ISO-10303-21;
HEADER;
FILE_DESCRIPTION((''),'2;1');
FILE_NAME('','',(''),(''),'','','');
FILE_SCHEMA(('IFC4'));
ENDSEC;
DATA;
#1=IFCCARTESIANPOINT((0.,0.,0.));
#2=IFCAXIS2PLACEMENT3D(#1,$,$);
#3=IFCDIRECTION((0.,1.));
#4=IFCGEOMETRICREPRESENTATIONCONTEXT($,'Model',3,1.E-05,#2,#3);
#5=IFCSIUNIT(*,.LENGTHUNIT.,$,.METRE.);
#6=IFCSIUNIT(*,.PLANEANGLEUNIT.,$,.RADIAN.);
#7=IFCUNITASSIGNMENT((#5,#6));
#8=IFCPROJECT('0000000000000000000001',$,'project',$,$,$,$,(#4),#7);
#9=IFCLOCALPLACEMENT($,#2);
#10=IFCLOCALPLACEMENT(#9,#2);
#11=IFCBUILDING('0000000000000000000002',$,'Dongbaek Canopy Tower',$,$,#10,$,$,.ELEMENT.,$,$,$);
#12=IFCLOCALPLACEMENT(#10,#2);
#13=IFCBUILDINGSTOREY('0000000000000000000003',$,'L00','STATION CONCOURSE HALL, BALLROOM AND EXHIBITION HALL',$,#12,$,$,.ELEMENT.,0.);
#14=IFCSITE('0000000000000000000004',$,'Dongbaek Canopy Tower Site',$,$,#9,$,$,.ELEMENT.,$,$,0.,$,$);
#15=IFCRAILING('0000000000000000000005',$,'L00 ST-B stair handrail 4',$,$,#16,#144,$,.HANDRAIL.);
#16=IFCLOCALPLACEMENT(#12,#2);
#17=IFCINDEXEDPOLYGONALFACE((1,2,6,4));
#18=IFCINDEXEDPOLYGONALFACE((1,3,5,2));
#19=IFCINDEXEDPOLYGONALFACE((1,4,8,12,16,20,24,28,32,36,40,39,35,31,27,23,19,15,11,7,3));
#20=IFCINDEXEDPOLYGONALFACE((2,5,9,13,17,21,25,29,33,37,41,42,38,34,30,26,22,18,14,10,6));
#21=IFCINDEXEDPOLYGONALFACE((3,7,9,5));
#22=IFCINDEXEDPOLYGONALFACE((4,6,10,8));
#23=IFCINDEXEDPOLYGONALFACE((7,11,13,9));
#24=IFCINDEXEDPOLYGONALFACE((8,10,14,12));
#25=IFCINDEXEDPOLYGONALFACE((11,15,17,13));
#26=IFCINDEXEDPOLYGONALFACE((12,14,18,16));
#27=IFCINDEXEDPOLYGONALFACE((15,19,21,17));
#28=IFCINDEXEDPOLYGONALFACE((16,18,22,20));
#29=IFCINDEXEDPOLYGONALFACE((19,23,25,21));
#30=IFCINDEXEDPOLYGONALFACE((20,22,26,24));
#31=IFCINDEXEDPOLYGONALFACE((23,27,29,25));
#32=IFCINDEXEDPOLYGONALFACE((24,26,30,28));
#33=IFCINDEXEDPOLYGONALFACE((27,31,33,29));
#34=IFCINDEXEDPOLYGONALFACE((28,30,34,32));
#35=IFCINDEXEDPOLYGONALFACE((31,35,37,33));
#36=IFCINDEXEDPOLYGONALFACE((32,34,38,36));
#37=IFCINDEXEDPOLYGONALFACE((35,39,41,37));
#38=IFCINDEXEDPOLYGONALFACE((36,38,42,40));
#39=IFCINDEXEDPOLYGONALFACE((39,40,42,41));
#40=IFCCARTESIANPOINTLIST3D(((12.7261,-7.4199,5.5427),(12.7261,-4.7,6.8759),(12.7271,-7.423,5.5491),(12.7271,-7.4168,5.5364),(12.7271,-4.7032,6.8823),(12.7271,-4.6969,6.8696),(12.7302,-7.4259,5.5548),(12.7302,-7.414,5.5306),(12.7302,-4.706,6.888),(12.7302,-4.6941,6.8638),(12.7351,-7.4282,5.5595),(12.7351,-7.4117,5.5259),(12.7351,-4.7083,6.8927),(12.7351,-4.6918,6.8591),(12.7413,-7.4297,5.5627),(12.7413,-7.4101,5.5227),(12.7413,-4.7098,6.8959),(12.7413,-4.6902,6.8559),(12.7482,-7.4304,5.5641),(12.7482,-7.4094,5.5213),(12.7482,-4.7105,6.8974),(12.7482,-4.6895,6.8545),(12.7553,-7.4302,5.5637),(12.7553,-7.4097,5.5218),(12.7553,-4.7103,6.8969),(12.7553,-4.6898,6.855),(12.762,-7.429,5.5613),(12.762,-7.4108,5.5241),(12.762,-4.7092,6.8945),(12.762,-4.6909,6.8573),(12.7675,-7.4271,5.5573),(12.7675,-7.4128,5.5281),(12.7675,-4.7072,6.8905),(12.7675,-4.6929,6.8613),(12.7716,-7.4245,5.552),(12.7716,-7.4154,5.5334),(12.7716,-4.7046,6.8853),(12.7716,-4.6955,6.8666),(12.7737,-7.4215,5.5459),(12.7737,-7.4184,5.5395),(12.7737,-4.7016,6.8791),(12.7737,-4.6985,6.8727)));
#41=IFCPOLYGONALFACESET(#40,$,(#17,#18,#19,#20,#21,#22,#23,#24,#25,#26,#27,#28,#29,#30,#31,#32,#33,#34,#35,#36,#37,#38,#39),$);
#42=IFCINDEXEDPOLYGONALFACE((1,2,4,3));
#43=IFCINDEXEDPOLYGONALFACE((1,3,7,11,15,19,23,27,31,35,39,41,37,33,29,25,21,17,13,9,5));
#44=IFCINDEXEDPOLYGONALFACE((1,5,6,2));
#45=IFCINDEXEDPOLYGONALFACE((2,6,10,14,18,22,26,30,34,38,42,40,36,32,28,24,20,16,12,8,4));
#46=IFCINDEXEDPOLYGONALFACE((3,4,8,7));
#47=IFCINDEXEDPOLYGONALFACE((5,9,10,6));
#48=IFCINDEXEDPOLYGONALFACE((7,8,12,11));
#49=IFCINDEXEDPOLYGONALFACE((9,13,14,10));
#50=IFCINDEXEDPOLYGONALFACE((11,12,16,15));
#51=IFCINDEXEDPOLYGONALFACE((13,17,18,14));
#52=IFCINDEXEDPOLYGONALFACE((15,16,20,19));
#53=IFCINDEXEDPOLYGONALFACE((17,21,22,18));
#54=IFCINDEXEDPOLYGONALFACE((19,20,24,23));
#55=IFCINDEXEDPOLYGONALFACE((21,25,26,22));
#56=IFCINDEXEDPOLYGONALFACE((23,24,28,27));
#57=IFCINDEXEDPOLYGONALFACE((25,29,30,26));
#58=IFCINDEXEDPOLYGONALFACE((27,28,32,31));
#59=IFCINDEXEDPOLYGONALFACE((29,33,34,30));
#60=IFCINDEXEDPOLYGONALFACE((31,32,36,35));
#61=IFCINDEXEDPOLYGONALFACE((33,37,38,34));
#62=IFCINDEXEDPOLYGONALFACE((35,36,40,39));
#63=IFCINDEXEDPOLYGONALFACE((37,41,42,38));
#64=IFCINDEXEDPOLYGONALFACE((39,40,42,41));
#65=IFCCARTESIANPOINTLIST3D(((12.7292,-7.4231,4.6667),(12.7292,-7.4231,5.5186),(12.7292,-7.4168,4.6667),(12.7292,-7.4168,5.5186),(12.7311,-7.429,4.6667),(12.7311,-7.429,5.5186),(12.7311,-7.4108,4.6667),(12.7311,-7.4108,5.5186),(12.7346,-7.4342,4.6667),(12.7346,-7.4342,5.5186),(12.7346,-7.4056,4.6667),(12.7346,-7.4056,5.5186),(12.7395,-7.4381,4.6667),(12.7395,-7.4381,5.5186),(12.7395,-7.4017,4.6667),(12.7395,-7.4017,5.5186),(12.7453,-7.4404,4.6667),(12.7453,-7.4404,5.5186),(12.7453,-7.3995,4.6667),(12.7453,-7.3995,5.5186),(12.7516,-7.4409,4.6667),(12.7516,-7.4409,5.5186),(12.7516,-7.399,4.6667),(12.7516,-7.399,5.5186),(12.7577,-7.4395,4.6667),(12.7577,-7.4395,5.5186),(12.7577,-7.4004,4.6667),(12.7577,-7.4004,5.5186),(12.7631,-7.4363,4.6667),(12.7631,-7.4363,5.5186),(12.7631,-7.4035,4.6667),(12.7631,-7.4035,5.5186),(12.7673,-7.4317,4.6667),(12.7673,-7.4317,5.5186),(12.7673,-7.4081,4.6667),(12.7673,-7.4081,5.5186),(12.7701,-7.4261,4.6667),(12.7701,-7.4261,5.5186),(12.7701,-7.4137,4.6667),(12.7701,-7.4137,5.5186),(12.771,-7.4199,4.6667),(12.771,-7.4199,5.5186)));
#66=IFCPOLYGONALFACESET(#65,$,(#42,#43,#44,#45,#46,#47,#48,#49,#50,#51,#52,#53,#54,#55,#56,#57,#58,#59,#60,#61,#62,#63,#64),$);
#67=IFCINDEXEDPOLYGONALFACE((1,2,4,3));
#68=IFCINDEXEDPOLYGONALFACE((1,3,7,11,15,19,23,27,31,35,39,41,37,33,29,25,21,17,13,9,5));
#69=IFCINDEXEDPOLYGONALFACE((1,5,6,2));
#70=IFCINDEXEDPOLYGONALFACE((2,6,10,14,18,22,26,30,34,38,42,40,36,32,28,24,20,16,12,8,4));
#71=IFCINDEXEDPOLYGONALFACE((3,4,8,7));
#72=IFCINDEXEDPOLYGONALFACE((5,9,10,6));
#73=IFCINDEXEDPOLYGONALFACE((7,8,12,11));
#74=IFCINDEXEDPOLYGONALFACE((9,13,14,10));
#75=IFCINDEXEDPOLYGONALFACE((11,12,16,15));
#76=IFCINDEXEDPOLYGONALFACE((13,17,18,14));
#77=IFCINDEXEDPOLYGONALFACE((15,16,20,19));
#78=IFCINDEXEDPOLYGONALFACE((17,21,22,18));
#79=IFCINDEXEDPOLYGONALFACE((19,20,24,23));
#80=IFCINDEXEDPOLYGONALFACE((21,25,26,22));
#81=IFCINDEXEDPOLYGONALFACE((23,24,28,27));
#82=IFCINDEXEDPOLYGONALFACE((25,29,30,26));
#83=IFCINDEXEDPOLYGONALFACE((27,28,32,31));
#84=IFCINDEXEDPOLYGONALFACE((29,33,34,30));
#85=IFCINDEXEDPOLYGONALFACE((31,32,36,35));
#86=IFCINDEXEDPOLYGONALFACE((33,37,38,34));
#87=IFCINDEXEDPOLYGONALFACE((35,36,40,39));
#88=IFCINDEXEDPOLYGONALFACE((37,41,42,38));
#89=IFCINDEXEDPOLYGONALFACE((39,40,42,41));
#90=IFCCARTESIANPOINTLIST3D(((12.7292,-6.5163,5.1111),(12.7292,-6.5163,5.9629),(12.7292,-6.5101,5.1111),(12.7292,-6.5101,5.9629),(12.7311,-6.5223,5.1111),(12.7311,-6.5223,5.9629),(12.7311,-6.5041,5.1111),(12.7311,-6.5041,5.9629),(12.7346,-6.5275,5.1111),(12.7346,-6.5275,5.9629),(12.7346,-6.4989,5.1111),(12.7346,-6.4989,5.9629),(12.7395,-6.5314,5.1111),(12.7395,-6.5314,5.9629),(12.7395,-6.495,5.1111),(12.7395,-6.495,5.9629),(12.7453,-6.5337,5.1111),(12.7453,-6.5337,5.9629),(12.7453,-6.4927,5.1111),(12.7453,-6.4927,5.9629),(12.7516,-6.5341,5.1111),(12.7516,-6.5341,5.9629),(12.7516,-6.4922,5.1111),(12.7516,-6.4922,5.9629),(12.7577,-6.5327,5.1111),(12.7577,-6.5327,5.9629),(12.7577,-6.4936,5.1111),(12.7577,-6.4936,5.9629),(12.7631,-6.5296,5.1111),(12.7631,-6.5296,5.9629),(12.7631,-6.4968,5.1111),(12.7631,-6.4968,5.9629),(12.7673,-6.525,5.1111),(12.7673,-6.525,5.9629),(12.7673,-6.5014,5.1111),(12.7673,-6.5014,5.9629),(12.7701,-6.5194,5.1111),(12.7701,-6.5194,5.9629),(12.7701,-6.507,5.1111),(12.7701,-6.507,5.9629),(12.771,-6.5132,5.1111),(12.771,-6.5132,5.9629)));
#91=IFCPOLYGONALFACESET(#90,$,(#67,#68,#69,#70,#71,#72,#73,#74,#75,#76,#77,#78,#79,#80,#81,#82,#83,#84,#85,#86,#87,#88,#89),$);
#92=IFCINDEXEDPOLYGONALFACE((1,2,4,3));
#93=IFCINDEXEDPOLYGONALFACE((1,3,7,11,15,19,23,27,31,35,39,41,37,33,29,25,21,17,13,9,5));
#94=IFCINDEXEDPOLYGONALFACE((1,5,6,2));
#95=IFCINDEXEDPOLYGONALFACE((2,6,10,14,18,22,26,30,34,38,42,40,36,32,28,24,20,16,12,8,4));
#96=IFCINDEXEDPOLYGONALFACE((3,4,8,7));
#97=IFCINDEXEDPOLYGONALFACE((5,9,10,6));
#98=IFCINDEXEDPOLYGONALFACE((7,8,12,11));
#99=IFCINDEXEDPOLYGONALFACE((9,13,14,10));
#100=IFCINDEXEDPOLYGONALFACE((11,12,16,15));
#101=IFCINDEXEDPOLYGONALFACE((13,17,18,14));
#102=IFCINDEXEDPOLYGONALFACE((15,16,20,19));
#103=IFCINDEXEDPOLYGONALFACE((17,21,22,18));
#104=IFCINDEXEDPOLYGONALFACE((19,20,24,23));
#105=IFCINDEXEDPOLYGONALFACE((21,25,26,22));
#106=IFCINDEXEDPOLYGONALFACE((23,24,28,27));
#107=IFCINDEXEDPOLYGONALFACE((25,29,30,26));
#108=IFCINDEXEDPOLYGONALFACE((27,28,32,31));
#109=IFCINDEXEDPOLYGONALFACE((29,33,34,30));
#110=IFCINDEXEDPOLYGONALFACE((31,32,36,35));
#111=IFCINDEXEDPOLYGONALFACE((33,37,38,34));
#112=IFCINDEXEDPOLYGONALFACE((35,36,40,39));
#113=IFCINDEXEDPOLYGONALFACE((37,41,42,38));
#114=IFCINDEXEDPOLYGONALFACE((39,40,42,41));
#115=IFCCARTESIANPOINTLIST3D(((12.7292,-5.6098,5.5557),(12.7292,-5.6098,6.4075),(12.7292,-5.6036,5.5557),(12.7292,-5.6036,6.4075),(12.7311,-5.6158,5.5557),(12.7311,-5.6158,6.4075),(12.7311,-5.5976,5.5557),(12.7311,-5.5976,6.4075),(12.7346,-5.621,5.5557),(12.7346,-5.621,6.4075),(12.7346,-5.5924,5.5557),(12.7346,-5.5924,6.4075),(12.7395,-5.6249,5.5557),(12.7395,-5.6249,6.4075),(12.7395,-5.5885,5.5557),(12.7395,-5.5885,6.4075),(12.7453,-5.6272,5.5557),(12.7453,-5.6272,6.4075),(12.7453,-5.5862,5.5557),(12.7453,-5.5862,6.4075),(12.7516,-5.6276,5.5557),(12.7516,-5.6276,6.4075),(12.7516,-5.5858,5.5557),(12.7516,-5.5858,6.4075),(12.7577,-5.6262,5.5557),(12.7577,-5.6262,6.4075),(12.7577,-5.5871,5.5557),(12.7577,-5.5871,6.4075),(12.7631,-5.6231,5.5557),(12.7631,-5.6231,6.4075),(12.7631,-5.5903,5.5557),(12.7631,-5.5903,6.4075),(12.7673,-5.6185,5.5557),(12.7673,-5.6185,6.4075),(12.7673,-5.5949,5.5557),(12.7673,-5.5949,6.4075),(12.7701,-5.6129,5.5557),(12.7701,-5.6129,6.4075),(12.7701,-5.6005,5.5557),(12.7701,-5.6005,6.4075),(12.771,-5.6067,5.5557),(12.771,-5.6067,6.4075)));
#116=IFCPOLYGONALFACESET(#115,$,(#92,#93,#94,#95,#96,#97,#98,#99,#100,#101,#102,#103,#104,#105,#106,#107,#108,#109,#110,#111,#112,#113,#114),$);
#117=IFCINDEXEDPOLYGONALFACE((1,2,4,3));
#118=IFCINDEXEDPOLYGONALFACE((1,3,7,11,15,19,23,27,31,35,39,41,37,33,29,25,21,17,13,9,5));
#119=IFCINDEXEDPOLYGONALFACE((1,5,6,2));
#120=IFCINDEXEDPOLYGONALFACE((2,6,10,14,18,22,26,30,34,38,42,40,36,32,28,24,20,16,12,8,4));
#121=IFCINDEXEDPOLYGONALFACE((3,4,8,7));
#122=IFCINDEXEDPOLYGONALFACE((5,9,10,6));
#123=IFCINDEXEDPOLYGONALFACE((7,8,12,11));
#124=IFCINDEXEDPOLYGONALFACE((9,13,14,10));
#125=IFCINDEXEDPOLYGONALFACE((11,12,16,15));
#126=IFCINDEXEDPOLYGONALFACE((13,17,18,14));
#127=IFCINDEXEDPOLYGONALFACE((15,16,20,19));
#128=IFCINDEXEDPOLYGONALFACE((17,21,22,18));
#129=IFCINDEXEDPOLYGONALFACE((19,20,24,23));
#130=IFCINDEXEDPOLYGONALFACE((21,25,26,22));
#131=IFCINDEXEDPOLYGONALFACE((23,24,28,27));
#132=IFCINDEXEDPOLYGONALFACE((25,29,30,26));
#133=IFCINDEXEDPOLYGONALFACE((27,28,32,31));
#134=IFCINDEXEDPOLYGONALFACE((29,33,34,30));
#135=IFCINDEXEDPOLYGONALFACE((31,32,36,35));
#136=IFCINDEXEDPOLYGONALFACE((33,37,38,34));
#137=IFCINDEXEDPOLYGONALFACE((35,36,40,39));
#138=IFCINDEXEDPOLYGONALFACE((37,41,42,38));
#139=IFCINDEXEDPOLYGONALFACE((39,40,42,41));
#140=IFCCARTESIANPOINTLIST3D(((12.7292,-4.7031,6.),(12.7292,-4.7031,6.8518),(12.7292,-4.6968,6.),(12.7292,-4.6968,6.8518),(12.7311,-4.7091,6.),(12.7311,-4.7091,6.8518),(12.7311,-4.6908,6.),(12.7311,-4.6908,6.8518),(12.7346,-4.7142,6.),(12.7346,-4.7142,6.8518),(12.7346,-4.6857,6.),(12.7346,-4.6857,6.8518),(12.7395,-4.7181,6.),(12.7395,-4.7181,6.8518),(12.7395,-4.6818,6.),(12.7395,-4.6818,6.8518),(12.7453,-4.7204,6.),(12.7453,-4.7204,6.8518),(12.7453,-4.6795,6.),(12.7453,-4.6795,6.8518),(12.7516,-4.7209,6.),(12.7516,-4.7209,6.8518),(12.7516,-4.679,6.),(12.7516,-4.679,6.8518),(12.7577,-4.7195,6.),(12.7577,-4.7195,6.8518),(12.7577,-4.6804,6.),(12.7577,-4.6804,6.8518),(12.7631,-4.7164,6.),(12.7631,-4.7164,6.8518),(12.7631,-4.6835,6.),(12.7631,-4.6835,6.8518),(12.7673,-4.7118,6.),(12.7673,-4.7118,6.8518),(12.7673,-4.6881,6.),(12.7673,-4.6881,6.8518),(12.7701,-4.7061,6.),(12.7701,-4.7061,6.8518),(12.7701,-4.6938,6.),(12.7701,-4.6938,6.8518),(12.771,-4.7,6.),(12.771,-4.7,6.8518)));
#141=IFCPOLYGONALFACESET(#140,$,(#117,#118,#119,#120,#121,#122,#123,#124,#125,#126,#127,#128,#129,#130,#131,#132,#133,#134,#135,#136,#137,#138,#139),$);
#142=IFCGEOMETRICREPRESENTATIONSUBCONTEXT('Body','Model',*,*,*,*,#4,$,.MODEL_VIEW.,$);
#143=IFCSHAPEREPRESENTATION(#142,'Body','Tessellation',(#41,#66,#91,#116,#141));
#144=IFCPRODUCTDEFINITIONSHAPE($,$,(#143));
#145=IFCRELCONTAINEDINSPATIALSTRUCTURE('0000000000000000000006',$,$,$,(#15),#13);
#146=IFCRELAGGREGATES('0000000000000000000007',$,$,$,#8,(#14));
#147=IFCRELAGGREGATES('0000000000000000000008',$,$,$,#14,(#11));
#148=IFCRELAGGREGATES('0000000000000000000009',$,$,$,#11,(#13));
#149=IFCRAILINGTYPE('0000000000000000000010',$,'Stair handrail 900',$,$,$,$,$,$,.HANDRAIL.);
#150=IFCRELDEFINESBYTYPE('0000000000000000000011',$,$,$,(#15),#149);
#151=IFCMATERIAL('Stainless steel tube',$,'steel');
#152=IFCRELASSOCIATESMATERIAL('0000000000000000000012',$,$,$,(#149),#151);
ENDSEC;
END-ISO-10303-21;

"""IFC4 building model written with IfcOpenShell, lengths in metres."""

from ifc_helpers import new_model, si_unit, direction, frame, origin, origin_2d, place, context, subcontext, project, spatial, circle, extrude, material, type_object, element, save


model = new_model("IFC4")

# Units and contexts
model_context = context("Model", 3, precision=1e-05, world=origin(), true_north=direction((0.0, 1.0)))
body_context = subcontext(model_context, "Body", "Model", "MODEL_VIEW")
ifc_project = project(units=[si_unit("LENGTHUNIT", "METRE"), si_unit("PLANEANGLEUNIT", "RADIAN")], contexts=[model_context])

# Site, building, storey
site_placement = place(None, origin())
site = spatial("IfcSite", under=ifc_project, at=site_placement, Name="Dongbaek Canopy Tower Site", CompositionType="ELEMENT", RefElevation=0.0)
building_placement = place(site_placement, origin())
building = spatial("IfcBuilding", under=site, at=building_placement, Name="Dongbaek Canopy Tower", CompositionType="ELEMENT")
storey_placement = place(building_placement, origin())
storey = spatial("IfcBuildingStorey", under=building, at=storey_placement, Name="L00", Description="STATION CONCOURSE HALL, BALLROOM AND EXHIBITION HALL", CompositionType="ELEMENT", Elevation=0.0)

# Railing
ifc_material_1 = material(Name="Stainless steel tube", Category="steel")
railing_type_1 = type_object("IfcRailingType", Name="Stair handrail 900", PredefinedType="HANDRAIL", material=ifc_material_1)
for number, where, name in (
    (1, (12.75, -7.4199, 4.6667), "L00 ST-B stair handrail 4"),
):
    element("IfcRailing", number, at=place(storey_placement, frame(where)), inside=storey, type_object=railing_type_1, Name=name, PredefinedType="HANDRAIL", context=body_context, shape_type="SweptSolid", body=[
        extrude(circle(Radius=0.0239, at=origin_2d()), frame((0.0, 0.0, 0.876), z_axis=(0.0, 0.897929, 0.440139), x_axis=(-1.0, 0.0, 0.0)), (0.0, 0.0, 1.0), 3.0291),
        extrude(circle(Radius=0.021, at=origin_2d()), origin(), (0.0, 0.0, 1.0), 0.8518),
        extrude(circle(Radius=0.021, at=origin_2d()), frame((0.0, 0.9067, 0.4443)), (0.0, 0.0, 1.0), 0.8518),
        extrude(circle(Radius=0.021, at=origin_2d()), frame((0.0, 1.8132, 0.8889)), (0.0, 0.0, 1.0), 0.8518),
        extrude(circle(Radius=0.021, at=origin_2d()), frame((0.0, 2.72, 1.3333)), (0.0, 0.0, 1.0), 0.8518),
    ])

save(model, "model.ifc")
